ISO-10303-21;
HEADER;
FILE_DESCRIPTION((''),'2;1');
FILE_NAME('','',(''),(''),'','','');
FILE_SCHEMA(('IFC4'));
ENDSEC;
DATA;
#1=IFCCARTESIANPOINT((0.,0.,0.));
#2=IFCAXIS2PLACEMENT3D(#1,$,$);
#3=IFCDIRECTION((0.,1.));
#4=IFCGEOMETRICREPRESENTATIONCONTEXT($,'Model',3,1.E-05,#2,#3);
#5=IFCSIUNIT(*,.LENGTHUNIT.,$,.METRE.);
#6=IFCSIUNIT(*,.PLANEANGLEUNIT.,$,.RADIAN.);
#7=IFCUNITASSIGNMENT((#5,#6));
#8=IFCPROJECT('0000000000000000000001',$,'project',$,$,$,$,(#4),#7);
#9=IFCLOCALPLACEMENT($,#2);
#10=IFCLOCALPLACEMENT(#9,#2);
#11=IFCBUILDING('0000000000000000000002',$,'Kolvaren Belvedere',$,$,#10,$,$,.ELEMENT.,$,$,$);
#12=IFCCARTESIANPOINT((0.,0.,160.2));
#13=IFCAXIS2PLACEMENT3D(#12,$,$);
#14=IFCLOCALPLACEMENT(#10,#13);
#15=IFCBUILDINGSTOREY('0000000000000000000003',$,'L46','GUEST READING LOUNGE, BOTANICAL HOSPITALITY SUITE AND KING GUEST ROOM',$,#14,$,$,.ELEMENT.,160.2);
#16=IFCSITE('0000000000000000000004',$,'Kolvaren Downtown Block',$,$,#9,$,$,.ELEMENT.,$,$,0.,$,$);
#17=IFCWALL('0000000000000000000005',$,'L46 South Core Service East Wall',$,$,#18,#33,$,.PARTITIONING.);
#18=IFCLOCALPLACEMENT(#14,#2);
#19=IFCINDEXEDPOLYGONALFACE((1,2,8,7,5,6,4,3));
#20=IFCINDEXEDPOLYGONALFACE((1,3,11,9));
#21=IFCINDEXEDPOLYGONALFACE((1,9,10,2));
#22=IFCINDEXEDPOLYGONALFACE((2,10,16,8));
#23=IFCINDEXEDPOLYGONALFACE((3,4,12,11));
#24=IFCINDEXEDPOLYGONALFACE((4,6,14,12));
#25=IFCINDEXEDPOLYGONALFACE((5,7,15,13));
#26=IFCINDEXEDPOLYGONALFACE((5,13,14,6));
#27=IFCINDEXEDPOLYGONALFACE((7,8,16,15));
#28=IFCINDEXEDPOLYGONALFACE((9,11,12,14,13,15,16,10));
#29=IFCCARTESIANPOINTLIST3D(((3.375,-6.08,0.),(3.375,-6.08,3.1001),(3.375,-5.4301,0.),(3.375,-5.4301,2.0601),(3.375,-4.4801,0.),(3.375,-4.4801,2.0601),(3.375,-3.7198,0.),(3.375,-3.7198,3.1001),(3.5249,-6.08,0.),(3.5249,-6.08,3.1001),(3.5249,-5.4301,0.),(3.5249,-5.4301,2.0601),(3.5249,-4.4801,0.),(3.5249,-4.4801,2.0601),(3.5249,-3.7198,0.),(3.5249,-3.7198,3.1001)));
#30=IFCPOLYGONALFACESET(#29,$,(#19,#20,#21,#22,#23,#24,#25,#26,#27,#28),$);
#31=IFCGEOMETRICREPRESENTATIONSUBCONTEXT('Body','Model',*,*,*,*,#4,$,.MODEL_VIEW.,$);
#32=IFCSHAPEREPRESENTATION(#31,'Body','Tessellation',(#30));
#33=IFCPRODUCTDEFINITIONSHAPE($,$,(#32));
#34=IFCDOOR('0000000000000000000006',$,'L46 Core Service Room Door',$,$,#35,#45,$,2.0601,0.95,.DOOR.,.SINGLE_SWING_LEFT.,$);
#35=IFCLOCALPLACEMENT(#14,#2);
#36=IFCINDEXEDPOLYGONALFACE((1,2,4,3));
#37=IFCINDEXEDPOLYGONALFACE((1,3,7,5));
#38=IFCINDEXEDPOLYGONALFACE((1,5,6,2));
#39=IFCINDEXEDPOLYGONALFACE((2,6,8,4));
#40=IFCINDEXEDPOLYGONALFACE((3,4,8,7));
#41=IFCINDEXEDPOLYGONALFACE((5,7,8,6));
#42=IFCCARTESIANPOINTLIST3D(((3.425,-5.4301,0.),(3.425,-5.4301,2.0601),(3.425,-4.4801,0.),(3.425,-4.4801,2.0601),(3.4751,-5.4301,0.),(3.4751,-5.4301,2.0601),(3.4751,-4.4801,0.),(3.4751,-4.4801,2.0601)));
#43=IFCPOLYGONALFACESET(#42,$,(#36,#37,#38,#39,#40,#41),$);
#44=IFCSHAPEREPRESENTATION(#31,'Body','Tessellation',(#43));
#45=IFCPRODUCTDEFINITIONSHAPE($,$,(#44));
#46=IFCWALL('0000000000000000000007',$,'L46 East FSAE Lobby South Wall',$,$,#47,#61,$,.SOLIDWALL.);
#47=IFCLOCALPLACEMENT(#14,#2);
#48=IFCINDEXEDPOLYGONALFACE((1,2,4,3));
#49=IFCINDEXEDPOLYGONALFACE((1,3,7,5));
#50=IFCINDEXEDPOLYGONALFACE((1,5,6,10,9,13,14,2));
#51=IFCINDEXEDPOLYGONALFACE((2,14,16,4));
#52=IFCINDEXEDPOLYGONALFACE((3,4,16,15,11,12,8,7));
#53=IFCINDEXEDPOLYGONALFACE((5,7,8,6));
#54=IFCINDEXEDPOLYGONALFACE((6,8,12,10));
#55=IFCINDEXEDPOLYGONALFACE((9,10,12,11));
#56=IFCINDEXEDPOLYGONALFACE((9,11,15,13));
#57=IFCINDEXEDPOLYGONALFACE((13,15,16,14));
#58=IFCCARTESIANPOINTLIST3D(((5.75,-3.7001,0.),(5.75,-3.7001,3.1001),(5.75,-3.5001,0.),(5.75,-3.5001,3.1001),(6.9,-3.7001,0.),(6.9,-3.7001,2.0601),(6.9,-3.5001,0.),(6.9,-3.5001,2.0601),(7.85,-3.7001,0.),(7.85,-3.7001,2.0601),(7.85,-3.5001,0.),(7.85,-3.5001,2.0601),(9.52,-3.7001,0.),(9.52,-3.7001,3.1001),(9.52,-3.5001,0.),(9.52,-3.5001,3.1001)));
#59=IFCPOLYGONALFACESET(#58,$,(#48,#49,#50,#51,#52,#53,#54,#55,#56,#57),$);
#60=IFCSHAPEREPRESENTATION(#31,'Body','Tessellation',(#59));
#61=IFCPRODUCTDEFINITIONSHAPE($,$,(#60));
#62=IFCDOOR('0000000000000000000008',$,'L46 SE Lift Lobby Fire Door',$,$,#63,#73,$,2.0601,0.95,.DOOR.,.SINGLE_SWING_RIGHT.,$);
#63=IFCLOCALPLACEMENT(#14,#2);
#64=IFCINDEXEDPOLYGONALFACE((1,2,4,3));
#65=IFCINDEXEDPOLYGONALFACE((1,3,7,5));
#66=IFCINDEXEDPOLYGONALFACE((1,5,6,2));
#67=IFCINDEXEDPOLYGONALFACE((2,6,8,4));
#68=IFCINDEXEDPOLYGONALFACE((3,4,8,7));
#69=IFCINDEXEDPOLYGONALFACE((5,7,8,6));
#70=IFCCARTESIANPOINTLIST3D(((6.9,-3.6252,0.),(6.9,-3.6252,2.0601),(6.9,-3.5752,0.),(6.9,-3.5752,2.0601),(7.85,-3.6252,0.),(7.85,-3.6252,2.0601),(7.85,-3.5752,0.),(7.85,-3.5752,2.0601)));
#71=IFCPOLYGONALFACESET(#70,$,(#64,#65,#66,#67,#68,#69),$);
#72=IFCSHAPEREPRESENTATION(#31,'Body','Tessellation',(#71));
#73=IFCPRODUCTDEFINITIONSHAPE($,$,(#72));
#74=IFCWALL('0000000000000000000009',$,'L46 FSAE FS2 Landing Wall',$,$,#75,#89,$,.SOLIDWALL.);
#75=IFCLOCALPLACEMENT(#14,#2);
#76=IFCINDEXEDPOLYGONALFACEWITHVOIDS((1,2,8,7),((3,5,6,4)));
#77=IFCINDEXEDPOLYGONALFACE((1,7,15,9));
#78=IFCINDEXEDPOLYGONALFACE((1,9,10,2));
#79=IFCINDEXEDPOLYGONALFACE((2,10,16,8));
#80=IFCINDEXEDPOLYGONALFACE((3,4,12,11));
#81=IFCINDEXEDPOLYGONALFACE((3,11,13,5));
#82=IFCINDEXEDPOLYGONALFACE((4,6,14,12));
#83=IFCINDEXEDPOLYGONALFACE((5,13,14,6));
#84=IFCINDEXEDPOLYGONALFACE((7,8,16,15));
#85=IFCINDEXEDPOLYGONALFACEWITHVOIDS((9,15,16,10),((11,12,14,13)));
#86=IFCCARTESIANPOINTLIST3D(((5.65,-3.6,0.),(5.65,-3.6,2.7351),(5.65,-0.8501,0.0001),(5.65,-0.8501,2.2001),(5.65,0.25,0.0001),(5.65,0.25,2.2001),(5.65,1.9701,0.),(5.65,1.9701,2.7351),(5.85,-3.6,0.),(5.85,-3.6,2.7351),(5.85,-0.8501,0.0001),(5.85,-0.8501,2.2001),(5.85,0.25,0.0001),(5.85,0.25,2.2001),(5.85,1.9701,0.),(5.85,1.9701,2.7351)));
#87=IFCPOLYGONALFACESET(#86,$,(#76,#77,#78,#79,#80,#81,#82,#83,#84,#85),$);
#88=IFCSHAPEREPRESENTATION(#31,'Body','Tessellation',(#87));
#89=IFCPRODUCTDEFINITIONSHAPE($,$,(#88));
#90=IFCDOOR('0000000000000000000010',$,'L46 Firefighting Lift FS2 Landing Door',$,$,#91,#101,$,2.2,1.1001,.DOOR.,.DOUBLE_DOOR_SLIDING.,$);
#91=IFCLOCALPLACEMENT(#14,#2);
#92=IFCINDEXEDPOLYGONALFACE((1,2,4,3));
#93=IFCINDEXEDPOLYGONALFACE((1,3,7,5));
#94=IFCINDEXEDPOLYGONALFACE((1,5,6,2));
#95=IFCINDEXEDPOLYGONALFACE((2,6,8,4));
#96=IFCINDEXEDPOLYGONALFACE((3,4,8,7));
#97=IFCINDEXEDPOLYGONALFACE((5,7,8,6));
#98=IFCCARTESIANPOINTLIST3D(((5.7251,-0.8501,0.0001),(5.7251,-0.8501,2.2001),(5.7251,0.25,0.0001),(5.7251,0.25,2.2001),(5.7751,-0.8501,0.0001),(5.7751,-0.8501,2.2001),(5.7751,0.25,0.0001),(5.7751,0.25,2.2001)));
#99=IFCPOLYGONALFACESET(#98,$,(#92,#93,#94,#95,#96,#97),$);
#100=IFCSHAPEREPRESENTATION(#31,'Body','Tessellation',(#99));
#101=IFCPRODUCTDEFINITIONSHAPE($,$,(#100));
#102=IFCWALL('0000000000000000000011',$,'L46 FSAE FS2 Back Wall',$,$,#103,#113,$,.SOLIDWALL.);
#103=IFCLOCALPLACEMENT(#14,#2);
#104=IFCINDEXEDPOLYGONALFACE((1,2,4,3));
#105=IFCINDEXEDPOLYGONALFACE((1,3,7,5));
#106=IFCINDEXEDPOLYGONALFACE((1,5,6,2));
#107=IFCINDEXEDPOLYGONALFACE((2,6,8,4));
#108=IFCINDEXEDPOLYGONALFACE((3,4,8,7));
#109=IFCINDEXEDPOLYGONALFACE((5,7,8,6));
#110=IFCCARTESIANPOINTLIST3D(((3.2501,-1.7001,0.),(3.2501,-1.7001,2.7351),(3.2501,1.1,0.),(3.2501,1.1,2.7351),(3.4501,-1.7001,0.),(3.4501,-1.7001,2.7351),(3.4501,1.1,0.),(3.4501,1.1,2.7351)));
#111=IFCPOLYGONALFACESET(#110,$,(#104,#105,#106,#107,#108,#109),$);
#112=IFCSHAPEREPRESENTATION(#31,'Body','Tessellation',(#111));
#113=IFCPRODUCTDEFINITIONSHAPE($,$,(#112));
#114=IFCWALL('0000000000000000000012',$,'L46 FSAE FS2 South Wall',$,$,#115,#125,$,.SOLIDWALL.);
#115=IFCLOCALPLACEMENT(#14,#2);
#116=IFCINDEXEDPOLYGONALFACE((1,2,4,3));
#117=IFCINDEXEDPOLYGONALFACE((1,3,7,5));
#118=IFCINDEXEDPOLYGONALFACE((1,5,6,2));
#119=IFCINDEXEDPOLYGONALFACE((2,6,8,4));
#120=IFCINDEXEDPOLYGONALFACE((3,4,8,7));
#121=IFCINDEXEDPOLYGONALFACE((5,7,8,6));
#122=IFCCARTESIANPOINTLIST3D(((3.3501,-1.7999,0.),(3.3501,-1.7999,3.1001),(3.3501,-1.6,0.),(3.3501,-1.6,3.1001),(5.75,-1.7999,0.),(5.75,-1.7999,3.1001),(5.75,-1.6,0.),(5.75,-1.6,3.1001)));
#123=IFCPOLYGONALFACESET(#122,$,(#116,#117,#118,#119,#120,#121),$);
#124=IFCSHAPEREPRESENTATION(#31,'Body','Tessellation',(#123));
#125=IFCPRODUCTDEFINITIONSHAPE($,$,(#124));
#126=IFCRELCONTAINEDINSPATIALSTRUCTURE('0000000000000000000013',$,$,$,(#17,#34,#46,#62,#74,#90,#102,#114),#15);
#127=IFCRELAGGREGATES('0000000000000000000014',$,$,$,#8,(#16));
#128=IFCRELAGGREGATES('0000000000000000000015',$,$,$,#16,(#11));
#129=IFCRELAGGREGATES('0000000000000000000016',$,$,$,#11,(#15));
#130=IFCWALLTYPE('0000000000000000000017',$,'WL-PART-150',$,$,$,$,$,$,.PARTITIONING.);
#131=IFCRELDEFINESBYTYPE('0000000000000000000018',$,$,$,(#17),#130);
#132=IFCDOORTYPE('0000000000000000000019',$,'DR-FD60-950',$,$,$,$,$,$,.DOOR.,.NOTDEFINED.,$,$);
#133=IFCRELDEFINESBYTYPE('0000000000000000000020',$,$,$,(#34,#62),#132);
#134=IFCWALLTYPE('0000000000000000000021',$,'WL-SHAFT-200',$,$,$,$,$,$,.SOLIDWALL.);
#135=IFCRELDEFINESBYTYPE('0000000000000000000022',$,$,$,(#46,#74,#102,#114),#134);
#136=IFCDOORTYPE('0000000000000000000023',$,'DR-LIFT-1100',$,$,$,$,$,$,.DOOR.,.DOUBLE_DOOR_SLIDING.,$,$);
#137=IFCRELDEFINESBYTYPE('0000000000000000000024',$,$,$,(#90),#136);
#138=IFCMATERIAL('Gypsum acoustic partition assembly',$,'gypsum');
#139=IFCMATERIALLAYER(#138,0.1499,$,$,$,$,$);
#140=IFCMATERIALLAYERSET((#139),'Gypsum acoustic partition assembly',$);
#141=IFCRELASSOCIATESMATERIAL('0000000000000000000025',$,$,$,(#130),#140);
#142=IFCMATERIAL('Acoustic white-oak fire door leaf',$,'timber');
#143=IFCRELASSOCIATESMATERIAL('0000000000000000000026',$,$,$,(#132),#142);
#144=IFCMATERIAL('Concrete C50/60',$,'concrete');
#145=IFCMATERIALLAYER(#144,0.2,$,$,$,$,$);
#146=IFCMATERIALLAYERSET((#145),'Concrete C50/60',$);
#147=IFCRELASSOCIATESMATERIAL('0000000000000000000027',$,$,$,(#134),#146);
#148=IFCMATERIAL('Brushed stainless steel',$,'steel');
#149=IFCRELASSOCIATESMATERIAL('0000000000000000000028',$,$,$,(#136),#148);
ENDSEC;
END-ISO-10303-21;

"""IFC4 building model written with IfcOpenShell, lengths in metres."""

from ifc_helpers import new_model, si_unit, direction, frame, frame_2d, origin, place, context, subcontext, project, spatial, rectangle, extrude, material, layer, layer_set, type_object, element, fill, save


model = new_model("IFC4")

# Units and contexts
model_context = context("Model", 3, precision=1e-05, world=origin(), true_north=direction((0.0, 1.0)))
body_context = subcontext(model_context, "Body", "Model", "MODEL_VIEW")
ifc_project = project(units=[si_unit("LENGTHUNIT", "METRE"), si_unit("PLANEANGLEUNIT", "RADIAN")], contexts=[model_context])

# Site, building, storey
site_placement = place(None, origin())
site = spatial("IfcSite", under=ifc_project, at=site_placement, Name="Kolvaren Downtown Block", CompositionType="ELEMENT", RefElevation=0.0)
building_placement = place(site_placement, origin())
building = spatial("IfcBuilding", under=site, at=building_placement, Name="Kolvaren Belvedere", CompositionType="ELEMENT")
storey_placement = place(building_placement, frame((0.0, 0.0, 160.2)))
storey = spatial("IfcBuildingStorey", under=building, at=storey_placement, Name="L46", Description="GUEST READING LOUNGE, BOTANICAL HOSPITALITY SUITE AND KING GUEST ROOM", CompositionType="ELEMENT", Elevation=160.2)

# Walls, openings, doors
ifc_material_1 = material(Name="Gypsum acoustic partition assembly", Category="gypsum")
ifc_layer_1 = layer(ifc_material_1, 0.1499)
ifc_layer_set_1 = layer_set([ifc_layer_1], Name="Gypsum acoustic partition assembly")
wall_type_1 = type_object("IfcWallType", Name="WL-PART-150", PredefinedType="PARTITIONING", material=ifc_layer_set_1)
wall_1_placement = place(storey_placement, frame((3.45, -6.0801, 0.0), z_axis=(0.0, 0.0, 1.0), x_axis=(0.0, 1.0, 0.0)))
wall_1 = element("IfcWall", 1, at=wall_1_placement, inside=storey, type_object=wall_type_1, Name="L46 South Core Service East Wall", PredefinedType="PARTITIONING", context=body_context, shape_type="SweptSolid", body=[
    extrude(rectangle(XDim=2.3601, YDim=0.1499, at=frame_2d((1.1802, 0.0))), origin(), (0.0, 0.0, 1.0), 3.1001),
])
opening_1_placement = place(wall_1_placement, frame((0.6499, 0.0, 0.0)))
opening_1 = element("IfcOpeningElement", 2, at=opening_1_placement, cuts=wall_1, PredefinedType="OPENING", context=body_context, shape_type="SweptSolid", body=[
    extrude(rectangle(XDim=0.95, YDim=2.0601, at=frame_2d((0.4751, 1.03))), frame((0.0, 0.085, 0.0), z_axis=(0.0, -1.0, 0.0), x_axis=(1.0, 0.0, 0.0)), (0.0, 0.0, 1.0), 0.1699),
])
ifc_material_2 = material(Name="Acoustic white-oak fire door leaf", Category="timber")
door_type_1 = type_object("IfcDoorType", Name="DR-FD60-950", OperationType="NOTDEFINED", PredefinedType="DOOR", material=ifc_material_2)
door_1_placement = place(opening_1_placement, origin())
door_1 = element("IfcDoor", 3, at=door_1_placement, inside=storey, type_object=door_type_1, Name="L46 Core Service Room Door", OperationType="SINGLE_SWING_LEFT", OverallHeight=2.0601, OverallWidth=0.95, PredefinedType="DOOR", context=body_context, shape_type="SweptSolid", body=[
    extrude(rectangle(XDim=0.95, YDim=2.0601, at=frame_2d((0.4751, 1.03))), frame((0.0, 0.0249, 0.0), z_axis=(0.0, -1.0, 0.0), x_axis=(1.0, 0.0, 0.0)), (0.0, 0.0, 1.0), 0.05),
])
fill(opening_1, door_1)
ifc_material_3 = material(Name="Concrete C50/60", Category="concrete")
ifc_layer_2 = layer(ifc_material_3, 0.2)
ifc_layer_set_2 = layer_set([ifc_layer_2], Name="Concrete C50/60")
wall_type_2 = type_object("IfcWallType", Name="WL-SHAFT-200", PredefinedType="SOLIDWALL", material=ifc_layer_set_2)
wall_2_placement = place(storey_placement, frame((5.75, -3.6001, 0.0), z_axis=(0.0, 0.0, 1.0), x_axis=(1.0, 0.0, 0.0)))
wall_2 = element("IfcWall", 4, at=wall_2_placement, inside=storey, type_object=wall_type_2, Name="L46 East FSAE Lobby South Wall", PredefinedType="SOLIDWALL", context=body_context, shape_type="SweptSolid", body=[
    extrude(rectangle(XDim=3.77, YDim=0.2, at=frame_2d((1.885, 0.0))), origin(), (0.0, 0.0, 1.0), 3.1001),
])
opening_2_placement = place(wall_2_placement, frame((1.1499, 0.0, 0.0)))
opening_2 = element("IfcOpeningElement", 5, at=opening_2_placement, cuts=wall_2, PredefinedType="OPENING", context=body_context, shape_type="SweptSolid", body=[
    extrude(rectangle(XDim=0.95, YDim=2.0601, at=frame_2d((0.4751, 1.03))), frame((0.0, 0.1099, 0.0), z_axis=(0.0, -1.0, 0.0), x_axis=(1.0, 0.0, 0.0)), (0.0, 0.0, 1.0), 0.22),
])
door_2_placement = place(opening_2_placement, origin())
door_2 = element("IfcDoor", 6, at=door_2_placement, inside=storey, type_object=door_type_1, Name="L46 SE Lift Lobby Fire Door", OperationType="SINGLE_SWING_RIGHT", OverallHeight=2.0601, OverallWidth=0.95, PredefinedType="DOOR", context=body_context, shape_type="SweptSolid", body=[
    extrude(rectangle(XDim=0.95, YDim=2.0601, at=frame_2d((0.4751, 1.03))), frame((0.0, 0.0249, 0.0), z_axis=(0.0, -1.0, 0.0), x_axis=(1.0, 0.0, 0.0)), (0.0, 0.0, 1.0), 0.05),
])
fill(opening_2, door_2)
wall_3_placement = place(storey_placement, frame((5.75, -3.6001, 0.0), z_axis=(0.0, 0.0, 1.0), x_axis=(0.0, 1.0, 0.0)))
wall_3 = element("IfcWall", 7, at=wall_3_placement, inside=storey, type_object=wall_type_2, Name="L46 FSAE FS2 Landing Wall", PredefinedType="SOLIDWALL", context=body_context, shape_type="SweptSolid", body=[
    extrude(rectangle(XDim=5.5701, YDim=0.2, at=frame_2d((2.7852, 0.0))), origin(), (0.0, 0.0, 1.0), 2.7351),
])
opening_3_placement = place(wall_3_placement, frame((2.75, 0.0, 0.0)))
opening_3 = element("IfcOpeningElement", 8, at=opening_3_placement, cuts=wall_3, PredefinedType="OPENING", context=body_context, shape_type="SweptSolid", body=[
    extrude(rectangle(XDim=1.1001, YDim=2.2, at=frame_2d((0.55, 1.1001))), frame((0.0, 0.1099, 0.0), z_axis=(0.0, -1.0, 0.0), x_axis=(1.0, 0.0, 0.0)), (0.0, 0.0, 1.0), 0.22),
])
ifc_material_4 = material(Name="Brushed stainless steel", Category="steel")
door_type_2 = type_object("IfcDoorType", Name="DR-LIFT-1100", OperationType="DOUBLE_DOOR_SLIDING", PredefinedType="DOOR", material=ifc_material_4)
door_3_placement = place(opening_3_placement, origin())
door_3 = element("IfcDoor", 9, at=door_3_placement, inside=storey, type_object=door_type_2, Name="L46 Firefighting Lift FS2 Landing Door", OperationType="DOUBLE_DOOR_SLIDING", OverallHeight=2.2, OverallWidth=1.1001, PredefinedType="DOOR", context=body_context, shape_type="SweptSolid", body=[
    extrude(rectangle(XDim=1.1001, YDim=2.2, at=frame_2d((0.55, 1.1001))), frame((0.0, 0.0249, 0.0), z_axis=(0.0, -1.0, 0.0), x_axis=(1.0, 0.0, 0.0)), (0.0, 0.0, 1.0), 0.05),
])
fill(opening_3, door_3)

# Walls
wall_4_placement = place(storey_placement, frame((3.3501, -1.7, 0.0), z_axis=(0.0, 0.0, 1.0), x_axis=(0.0, 1.0, 0.0)))
element("IfcWall", 10, at=wall_4_placement, inside=storey, type_object=wall_type_2, Name="L46 FSAE FS2 Back Wall", PredefinedType="SOLIDWALL", context=body_context, shape_type="SweptSolid", body=[
    extrude(rectangle(XDim=2.8, YDim=0.2, at=frame_2d((1.3999, 0.0))), origin(), (0.0, 0.0, 1.0), 2.7351),
])
wall_5_placement = place(storey_placement, frame((3.3501, -1.7, 0.0), z_axis=(0.0, 0.0, 1.0), x_axis=(1.0, 0.0, 0.0)))
element("IfcWall", 11, at=wall_5_placement, inside=storey, type_object=wall_type_2, Name="L46 FSAE FS2 South Wall", PredefinedType="SOLIDWALL", context=body_context, shape_type="SweptSolid", body=[
    extrude(rectangle(XDim=2.3999, YDim=0.2, at=frame_2d((1.2, 0.0))), origin(), (0.0, 0.0, 1.0), 3.1001),
])

save(model, "model.ifc")
